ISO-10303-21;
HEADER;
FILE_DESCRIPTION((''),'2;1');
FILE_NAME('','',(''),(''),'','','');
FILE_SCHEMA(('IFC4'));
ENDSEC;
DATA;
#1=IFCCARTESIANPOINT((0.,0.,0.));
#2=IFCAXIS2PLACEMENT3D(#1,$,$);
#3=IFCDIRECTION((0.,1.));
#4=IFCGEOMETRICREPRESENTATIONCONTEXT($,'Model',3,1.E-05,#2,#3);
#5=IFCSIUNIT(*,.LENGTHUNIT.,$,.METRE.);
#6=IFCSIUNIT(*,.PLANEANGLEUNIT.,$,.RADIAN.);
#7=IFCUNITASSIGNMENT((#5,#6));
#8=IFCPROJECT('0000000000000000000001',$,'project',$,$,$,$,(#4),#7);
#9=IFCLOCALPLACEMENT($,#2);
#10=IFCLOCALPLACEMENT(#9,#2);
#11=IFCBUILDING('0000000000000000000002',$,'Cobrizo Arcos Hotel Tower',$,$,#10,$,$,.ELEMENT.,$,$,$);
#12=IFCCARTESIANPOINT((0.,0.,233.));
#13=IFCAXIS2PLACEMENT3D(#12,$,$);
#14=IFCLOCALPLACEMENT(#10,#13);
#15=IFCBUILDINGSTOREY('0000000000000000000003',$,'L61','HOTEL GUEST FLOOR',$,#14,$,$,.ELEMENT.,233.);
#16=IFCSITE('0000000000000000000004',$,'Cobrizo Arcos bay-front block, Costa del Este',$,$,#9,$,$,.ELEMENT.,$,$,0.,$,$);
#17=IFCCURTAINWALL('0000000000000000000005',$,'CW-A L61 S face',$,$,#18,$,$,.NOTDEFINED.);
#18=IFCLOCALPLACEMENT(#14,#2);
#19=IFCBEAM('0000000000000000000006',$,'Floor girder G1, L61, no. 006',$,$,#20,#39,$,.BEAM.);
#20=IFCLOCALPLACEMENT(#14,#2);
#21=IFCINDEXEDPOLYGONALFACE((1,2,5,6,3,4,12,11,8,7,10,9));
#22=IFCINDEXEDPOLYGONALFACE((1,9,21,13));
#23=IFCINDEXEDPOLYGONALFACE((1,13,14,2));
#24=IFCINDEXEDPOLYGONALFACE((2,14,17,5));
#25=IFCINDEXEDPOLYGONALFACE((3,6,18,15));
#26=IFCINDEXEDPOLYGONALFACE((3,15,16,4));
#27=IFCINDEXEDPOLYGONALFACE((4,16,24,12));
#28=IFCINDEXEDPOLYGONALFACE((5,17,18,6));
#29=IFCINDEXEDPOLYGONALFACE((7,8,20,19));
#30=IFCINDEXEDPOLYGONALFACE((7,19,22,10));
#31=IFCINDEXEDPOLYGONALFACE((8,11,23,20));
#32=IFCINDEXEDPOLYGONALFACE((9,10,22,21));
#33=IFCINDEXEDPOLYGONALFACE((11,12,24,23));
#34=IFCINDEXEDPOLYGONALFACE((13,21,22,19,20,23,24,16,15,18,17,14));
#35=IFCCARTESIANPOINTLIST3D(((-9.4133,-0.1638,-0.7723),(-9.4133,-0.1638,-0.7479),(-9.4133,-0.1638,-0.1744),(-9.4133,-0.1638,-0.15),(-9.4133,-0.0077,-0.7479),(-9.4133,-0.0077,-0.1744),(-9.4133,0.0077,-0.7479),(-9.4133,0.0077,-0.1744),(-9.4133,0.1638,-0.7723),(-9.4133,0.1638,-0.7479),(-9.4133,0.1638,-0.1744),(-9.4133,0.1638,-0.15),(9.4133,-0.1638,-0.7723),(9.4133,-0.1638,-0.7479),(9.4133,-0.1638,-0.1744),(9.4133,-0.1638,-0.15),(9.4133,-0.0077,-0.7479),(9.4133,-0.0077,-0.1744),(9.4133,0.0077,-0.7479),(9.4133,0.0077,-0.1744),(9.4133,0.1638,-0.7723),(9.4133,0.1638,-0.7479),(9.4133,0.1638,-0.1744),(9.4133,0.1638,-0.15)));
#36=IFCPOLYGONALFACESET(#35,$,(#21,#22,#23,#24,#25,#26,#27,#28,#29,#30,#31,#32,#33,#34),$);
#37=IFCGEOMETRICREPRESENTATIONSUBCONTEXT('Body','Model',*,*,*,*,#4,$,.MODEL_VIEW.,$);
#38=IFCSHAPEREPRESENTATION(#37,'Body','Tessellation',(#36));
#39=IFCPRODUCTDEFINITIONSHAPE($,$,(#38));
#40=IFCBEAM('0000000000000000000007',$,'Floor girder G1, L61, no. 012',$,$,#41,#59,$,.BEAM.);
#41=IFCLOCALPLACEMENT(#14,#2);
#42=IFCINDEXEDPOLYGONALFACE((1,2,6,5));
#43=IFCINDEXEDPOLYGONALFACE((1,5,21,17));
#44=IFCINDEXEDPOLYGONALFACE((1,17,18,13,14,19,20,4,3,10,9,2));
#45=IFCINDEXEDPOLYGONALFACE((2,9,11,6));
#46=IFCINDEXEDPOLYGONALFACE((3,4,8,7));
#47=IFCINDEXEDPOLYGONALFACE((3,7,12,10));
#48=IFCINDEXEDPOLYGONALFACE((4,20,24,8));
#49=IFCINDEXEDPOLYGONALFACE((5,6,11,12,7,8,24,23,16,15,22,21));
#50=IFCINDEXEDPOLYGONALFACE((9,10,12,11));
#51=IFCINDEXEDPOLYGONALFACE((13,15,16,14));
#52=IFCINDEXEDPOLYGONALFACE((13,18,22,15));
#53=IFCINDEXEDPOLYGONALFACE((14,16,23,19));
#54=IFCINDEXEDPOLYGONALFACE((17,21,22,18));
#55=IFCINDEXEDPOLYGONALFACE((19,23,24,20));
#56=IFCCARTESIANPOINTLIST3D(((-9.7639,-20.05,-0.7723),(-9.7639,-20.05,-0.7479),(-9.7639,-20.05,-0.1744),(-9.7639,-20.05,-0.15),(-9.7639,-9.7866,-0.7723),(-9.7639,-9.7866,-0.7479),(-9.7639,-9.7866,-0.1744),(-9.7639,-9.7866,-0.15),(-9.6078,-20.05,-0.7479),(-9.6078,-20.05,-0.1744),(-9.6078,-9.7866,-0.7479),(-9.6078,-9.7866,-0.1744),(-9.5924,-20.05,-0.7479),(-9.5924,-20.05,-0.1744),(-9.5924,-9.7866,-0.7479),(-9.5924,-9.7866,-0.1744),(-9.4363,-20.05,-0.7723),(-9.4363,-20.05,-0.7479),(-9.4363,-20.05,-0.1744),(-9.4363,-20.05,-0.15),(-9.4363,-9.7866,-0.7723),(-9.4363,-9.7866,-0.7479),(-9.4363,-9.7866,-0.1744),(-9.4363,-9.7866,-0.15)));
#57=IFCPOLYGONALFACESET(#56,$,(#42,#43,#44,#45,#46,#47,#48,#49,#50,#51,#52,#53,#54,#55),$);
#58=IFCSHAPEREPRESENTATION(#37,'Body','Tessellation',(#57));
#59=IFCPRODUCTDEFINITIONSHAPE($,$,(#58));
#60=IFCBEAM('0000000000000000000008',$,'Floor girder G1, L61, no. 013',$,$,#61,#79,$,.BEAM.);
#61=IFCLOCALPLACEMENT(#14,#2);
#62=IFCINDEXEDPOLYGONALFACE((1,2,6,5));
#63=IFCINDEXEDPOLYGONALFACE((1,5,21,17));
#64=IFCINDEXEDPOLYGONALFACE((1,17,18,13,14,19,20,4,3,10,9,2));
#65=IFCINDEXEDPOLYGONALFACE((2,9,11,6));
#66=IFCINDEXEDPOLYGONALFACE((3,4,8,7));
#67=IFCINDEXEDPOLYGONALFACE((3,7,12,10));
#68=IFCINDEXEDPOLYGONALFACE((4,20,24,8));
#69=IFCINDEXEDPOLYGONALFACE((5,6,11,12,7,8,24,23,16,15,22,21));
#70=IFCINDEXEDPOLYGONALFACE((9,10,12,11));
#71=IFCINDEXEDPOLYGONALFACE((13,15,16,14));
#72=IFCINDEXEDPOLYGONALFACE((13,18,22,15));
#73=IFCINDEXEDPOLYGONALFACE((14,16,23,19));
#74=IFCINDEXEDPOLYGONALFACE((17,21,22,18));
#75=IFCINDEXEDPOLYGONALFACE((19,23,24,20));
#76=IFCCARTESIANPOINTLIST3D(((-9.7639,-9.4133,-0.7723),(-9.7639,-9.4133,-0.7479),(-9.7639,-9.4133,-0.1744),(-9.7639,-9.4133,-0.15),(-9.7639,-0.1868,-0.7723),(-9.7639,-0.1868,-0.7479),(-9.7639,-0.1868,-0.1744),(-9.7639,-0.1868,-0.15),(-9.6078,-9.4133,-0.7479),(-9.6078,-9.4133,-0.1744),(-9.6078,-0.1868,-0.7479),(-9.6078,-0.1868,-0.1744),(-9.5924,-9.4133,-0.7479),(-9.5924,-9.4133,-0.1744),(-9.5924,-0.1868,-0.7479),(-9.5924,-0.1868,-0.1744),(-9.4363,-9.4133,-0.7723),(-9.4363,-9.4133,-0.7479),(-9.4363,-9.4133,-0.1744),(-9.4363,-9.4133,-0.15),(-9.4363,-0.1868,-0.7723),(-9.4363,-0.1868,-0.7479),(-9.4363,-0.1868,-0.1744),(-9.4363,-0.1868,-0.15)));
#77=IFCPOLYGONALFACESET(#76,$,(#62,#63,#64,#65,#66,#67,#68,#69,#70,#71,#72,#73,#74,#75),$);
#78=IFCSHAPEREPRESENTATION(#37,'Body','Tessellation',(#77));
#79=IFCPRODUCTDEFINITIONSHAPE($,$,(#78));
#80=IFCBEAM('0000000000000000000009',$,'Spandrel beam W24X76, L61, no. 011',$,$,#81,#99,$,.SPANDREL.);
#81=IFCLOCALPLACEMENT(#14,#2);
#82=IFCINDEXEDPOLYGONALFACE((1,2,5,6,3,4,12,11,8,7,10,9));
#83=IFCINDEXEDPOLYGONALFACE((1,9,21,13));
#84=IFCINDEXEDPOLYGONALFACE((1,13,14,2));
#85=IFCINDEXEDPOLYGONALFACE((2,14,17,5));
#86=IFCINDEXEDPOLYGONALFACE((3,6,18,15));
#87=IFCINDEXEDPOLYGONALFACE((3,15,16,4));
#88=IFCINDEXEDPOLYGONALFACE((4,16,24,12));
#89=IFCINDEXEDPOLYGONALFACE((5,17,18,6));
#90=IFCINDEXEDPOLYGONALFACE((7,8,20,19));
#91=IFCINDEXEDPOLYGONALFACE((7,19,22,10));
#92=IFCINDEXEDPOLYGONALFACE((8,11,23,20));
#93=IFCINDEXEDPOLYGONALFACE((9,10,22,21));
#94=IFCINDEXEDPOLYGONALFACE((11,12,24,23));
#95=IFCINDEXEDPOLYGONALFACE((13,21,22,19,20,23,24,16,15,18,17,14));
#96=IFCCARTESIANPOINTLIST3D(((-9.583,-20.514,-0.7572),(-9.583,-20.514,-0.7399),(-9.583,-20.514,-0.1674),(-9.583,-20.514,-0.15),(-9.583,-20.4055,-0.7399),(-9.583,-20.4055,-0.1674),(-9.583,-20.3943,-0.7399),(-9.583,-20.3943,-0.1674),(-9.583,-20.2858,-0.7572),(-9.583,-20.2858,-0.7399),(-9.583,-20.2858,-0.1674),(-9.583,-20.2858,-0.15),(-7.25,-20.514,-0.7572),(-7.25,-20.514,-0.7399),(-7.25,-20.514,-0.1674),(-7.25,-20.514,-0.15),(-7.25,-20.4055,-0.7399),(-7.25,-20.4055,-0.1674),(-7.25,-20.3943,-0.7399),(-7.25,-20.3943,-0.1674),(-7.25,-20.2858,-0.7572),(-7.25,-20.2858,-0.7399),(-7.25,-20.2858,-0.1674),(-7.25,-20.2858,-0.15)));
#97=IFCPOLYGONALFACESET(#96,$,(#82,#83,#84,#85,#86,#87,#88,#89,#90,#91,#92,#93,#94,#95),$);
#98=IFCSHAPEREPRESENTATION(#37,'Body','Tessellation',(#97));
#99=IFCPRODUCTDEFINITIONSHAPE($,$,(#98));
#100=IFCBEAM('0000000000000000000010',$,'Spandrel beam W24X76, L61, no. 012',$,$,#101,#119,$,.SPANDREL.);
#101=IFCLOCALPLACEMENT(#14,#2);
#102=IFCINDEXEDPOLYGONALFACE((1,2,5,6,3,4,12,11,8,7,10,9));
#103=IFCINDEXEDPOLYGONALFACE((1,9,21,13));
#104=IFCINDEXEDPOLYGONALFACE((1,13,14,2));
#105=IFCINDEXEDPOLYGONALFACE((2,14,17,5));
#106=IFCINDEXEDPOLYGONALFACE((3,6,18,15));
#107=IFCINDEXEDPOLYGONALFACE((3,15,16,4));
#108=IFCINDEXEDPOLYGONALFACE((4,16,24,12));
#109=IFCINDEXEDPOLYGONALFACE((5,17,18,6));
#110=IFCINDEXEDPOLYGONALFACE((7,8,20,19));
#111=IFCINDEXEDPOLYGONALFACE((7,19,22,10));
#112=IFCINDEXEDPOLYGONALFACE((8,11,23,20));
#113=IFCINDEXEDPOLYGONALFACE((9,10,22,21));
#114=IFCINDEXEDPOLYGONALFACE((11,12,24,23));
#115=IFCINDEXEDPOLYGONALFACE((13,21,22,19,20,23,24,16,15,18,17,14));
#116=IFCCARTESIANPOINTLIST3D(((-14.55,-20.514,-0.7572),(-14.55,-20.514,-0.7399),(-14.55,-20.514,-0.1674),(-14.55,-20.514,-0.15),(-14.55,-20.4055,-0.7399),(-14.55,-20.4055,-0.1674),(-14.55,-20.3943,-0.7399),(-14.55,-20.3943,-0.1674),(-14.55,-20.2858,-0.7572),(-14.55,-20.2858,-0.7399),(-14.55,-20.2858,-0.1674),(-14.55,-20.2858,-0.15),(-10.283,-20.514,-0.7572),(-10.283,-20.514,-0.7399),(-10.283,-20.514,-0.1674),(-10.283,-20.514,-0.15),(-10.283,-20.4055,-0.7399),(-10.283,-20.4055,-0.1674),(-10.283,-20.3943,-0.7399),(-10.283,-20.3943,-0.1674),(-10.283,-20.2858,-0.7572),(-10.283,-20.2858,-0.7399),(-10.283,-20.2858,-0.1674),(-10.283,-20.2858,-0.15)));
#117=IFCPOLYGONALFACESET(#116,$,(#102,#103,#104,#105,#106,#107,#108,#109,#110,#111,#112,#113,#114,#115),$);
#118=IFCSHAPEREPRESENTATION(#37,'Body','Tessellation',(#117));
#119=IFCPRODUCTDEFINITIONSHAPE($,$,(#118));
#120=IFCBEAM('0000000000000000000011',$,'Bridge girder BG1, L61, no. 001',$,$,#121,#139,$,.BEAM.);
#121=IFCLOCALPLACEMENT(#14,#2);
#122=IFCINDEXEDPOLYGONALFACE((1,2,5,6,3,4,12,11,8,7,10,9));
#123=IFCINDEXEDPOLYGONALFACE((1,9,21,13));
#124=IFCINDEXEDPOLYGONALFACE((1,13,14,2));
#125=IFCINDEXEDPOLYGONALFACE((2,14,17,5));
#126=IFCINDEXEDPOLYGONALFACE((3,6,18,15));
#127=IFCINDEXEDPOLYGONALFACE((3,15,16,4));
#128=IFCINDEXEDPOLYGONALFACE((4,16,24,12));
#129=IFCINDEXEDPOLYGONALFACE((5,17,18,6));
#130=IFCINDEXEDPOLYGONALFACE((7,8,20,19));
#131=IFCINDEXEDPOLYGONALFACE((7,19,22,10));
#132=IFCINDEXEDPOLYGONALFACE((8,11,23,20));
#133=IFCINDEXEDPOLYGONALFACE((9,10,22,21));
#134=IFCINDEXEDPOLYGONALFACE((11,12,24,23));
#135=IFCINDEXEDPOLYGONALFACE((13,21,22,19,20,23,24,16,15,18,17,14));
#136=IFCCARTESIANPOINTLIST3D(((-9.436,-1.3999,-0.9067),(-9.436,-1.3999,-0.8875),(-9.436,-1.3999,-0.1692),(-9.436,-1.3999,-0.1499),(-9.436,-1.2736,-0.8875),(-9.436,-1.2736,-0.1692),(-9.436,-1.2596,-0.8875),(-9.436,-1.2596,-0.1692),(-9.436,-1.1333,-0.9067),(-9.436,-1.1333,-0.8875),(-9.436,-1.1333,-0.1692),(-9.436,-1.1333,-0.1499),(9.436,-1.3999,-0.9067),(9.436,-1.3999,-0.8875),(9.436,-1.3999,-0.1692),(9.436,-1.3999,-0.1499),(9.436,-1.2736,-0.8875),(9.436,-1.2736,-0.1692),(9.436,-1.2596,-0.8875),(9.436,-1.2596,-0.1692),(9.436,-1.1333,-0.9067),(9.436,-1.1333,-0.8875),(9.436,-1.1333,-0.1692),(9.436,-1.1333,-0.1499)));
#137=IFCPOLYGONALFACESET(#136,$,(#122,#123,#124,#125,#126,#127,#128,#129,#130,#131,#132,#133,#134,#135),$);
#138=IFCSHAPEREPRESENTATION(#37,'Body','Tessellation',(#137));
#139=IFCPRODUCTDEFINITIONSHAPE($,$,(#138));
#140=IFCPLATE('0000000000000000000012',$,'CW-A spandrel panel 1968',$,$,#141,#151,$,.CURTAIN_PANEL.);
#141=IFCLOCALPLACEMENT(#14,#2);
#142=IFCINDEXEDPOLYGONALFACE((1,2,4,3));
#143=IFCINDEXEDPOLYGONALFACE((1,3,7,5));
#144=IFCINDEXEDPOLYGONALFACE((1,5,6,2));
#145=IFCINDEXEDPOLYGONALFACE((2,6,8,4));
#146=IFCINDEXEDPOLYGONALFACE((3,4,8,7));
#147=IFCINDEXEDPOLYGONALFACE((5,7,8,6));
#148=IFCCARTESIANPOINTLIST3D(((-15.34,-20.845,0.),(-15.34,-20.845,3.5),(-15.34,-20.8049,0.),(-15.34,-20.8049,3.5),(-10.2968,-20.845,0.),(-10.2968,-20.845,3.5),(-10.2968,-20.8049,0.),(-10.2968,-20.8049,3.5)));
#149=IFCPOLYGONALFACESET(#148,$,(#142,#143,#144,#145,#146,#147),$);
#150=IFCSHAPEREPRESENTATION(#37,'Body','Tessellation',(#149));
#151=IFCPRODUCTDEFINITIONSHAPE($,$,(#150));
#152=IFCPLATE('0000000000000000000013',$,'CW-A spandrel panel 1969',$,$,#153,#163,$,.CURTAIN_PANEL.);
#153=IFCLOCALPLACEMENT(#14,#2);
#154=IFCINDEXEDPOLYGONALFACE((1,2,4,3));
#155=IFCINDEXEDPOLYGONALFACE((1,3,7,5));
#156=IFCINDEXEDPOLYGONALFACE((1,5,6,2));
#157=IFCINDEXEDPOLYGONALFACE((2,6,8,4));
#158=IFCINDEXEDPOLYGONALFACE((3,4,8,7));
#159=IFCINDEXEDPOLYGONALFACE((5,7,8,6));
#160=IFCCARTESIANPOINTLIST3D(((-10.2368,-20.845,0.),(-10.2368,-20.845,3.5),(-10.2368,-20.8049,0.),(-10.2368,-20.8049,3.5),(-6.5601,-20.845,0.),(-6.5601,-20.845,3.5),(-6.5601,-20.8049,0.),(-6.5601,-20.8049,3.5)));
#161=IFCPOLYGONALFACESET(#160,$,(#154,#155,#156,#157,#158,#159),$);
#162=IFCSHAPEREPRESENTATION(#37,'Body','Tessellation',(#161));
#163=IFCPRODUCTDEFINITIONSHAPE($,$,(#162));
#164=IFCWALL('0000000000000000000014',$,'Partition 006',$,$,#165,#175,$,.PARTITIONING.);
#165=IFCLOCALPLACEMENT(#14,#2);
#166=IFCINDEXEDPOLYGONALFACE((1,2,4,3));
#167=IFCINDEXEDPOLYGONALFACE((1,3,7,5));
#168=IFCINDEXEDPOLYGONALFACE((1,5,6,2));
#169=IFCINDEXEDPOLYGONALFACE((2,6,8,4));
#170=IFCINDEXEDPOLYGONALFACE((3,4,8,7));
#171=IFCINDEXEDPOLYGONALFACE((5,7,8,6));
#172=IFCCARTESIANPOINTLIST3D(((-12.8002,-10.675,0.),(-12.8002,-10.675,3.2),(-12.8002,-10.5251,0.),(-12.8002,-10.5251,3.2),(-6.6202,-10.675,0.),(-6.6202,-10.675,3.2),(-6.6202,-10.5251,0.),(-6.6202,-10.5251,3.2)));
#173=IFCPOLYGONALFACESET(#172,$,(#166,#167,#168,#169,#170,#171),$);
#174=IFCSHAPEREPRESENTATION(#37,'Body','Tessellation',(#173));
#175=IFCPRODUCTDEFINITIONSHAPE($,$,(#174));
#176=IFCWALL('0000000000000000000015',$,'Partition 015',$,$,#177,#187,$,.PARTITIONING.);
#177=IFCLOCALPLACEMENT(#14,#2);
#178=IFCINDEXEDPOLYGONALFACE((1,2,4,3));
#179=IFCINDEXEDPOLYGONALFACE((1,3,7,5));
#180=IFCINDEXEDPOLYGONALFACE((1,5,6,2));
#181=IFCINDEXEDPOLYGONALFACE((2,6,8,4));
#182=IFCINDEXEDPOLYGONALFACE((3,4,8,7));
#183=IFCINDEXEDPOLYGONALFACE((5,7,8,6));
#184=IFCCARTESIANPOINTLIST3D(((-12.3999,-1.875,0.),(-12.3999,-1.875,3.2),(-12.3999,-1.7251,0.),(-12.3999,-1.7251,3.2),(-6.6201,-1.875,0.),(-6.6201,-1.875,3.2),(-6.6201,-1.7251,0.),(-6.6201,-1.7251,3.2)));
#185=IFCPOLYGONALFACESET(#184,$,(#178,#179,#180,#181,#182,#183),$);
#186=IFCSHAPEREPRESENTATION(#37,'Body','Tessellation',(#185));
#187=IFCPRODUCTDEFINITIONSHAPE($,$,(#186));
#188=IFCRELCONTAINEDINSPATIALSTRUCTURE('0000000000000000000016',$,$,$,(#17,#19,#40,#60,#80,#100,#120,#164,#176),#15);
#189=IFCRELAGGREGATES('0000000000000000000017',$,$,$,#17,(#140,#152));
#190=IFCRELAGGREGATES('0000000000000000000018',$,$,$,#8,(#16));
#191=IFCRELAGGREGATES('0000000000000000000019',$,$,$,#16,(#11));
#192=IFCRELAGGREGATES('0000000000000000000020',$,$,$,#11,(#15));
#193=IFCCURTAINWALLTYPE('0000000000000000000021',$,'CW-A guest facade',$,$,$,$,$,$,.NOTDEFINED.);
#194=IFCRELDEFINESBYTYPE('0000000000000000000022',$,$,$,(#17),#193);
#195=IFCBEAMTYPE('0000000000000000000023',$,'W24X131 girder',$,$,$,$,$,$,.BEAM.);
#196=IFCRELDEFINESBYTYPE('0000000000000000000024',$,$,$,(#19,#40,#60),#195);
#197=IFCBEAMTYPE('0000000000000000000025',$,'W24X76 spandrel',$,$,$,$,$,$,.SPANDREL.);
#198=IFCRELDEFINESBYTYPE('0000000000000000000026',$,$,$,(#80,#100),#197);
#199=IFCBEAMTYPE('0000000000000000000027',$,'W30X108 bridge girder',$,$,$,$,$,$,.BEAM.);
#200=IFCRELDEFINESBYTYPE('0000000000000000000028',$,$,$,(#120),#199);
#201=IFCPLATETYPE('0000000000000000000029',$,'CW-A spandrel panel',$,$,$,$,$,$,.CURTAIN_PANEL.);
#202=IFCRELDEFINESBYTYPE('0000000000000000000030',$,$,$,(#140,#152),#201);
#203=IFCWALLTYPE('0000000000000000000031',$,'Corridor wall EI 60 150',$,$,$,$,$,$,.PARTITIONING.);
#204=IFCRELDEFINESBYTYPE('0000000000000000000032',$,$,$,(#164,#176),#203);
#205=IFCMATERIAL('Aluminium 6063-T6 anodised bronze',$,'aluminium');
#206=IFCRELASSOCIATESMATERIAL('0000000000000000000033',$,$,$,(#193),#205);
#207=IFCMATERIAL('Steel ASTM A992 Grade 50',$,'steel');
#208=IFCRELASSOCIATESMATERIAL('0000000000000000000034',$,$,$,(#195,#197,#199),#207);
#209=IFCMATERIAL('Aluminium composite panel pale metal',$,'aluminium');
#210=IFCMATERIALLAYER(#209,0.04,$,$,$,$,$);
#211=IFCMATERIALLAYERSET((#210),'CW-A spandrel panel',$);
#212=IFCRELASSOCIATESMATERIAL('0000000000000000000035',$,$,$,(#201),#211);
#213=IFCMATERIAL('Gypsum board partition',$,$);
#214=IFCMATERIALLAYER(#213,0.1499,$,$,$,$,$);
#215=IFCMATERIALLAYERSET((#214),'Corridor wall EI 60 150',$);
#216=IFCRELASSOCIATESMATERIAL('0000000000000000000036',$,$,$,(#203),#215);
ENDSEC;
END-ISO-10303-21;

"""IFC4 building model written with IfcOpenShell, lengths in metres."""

from ifc_helpers import new_model, si_unit, direction, frame, frame_2d, origin, origin_2d, place, context, subcontext, project, spatial, rectangle, i_section, extrude, material, layer, layer_set, material_profile, profile_set, type_object, element, aggregate, save


model = new_model("IFC4")

# Units and contexts
model_context = context("Model", 3, precision=1e-05, world=origin(), true_north=direction((0.0, 1.0)))
body_context = subcontext(model_context, "Body", "Model", "MODEL_VIEW")
ifc_project = project(units=[si_unit("LENGTHUNIT", "METRE"), si_unit("PLANEANGLEUNIT", "RADIAN")], contexts=[model_context])

# Site, building, storey
site_placement = place(None, origin())
site = spatial("IfcSite", under=ifc_project, at=site_placement, Name="Cobrizo Arcos bay-front block, Costa del Este", CompositionType="ELEMENT", RefElevation=0.0)
building_placement = place(site_placement, origin())
building = spatial("IfcBuilding", under=site, at=building_placement, Name="Cobrizo Arcos Hotel Tower", CompositionType="ELEMENT")
storey_placement = place(building_placement, frame((0.0, 0.0, 233.0)))
storey = spatial("IfcBuildingStorey", under=building, at=storey_placement, Name="L61", Description="HOTEL GUEST FLOOR", CompositionType="ELEMENT", Elevation=233.0)

# Shared definitions
ifc_material_1 = material(Name="Steel ASTM A992 Grade 50", Category="steel")

# Curtain wall
ifc_material_2 = material(Name="Aluminium 6063-T6 anodised bronze", Category="aluminium")
curtain_wall_type_1 = type_object("IfcCurtainWallType", Name="CW-A guest facade", PredefinedType="NOTDEFINED", material=ifc_material_2)
curtain_wall_1_placement = place(storey_placement, origin())
curtain_wall_1 = element("IfcCurtainWall", 1, at=curtain_wall_1_placement, inside=storey, type_object=curtain_wall_type_1, Name="CW-A L61 S face", PredefinedType="NOTDEFINED")

# Beams
ifc_material_profile_1 = material_profile(ifc_material_1, i_section(OverallWidth=0.3276, OverallDepth=0.6223, WebThickness=0.0154, FlangeThickness=0.0244, at=origin_2d()), Name="W24X131")
ifc_profile_set_1 = profile_set([ifc_material_profile_1], Name="Steel ASTM A992 Grade 50")
beam_type_1 = type_object("IfcBeamType", Name="W24X131 girder", PredefinedType="BEAM", material=ifc_profile_set_1)
beam_1_placement = place(storey_placement, frame((-9.4133, 0.0, -0.4612), z_axis=(1.0, 0.0, 0.0), x_axis=(0.0, 1.0, 0.0)))
element("IfcBeam", 2, at=beam_1_placement, inside=storey, type_object=beam_type_1, Name="Floor girder G1, L61, no. 006", PredefinedType="BEAM", context=body_context, shape_type="SweptSolid", body=[
    extrude(i_section(OverallWidth=0.3276, OverallDepth=0.6223, WebThickness=0.0154, FlangeThickness=0.0244, at=origin_2d()), origin(), (0.0, 0.0, 1.0), 18.8267),
])
beam_2_placement = place(storey_placement, frame((-9.6001, -20.05, -0.4612), z_axis=(0.0, 1.0, 0.0), x_axis=(-1.0, 0.0, 0.0)))
element("IfcBeam", 3, at=beam_2_placement, inside=storey, type_object=beam_type_1, Name="Floor girder G1, L61, no. 012", PredefinedType="BEAM", context=body_context, shape_type="SweptSolid", body=[
    extrude(i_section(OverallWidth=0.3276, OverallDepth=0.6223, WebThickness=0.0154, FlangeThickness=0.0244, at=origin_2d()), origin(), (0.0, 0.0, 1.0), 10.2634),
])
beam_3_placement = place(storey_placement, frame((-9.6001, -9.4133, -0.4612), z_axis=(0.0, 1.0, 0.0), x_axis=(-1.0, 0.0, 0.0)))
element("IfcBeam", 4, at=beam_3_placement, inside=storey, type_object=beam_type_1, Name="Floor girder G1, L61, no. 013", PredefinedType="BEAM", context=body_context, shape_type="SweptSolid", body=[
    extrude(i_section(OverallWidth=0.3276, OverallDepth=0.6223, WebThickness=0.0154, FlangeThickness=0.0244, at=origin_2d()), origin(), (0.0, 0.0, 1.0), 9.2266),
])
ifc_material_profile_2 = material_profile(ifc_material_1, i_section(OverallWidth=0.2283, OverallDepth=0.6072, WebThickness=0.0112, FlangeThickness=0.0173, at=origin_2d()), Name="W24X76")
ifc_profile_set_2 = profile_set([ifc_material_profile_2], Name="Steel ASTM A992 Grade 50")
beam_type_2 = type_object("IfcBeamType", Name="W24X76 spandrel", PredefinedType="SPANDREL", material=ifc_profile_set_2)
beam_4_placement = place(storey_placement, frame((-7.25, -20.3999, -0.4536), z_axis=(-1.0, 0.0, 0.0), x_axis=(0.0, -1.0, 0.0)))
element("IfcBeam", 5, at=beam_4_placement, inside=storey, type_object=beam_type_2, Name="Spandrel beam W24X76, L61, no. 011", PredefinedType="SPANDREL", context=body_context, shape_type="SweptSolid", body=[
    extrude(i_section(OverallWidth=0.2283, OverallDepth=0.6072, WebThickness=0.0112, FlangeThickness=0.0173, at=origin_2d()), origin(), (0.0, 0.0, 1.0), 2.333),
])
beam_5_placement = place(storey_placement, frame((-10.283, -20.3999, -0.4536), z_axis=(-1.0, 0.0, 0.0), x_axis=(0.0, -1.0, 0.0)))
element("IfcBeam", 6, at=beam_5_placement, inside=storey, type_object=beam_type_2, Name="Spandrel beam W24X76, L61, no. 012", PredefinedType="SPANDREL", context=body_context, shape_type="SweptSolid", body=[
    extrude(i_section(OverallWidth=0.2283, OverallDepth=0.6072, WebThickness=0.0112, FlangeThickness=0.0173, at=origin_2d()), origin(), (0.0, 0.0, 1.0), 4.2671),
])
ifc_material_profile_3 = material_profile(ifc_material_1, i_section(OverallWidth=0.2666, OverallDepth=0.7568, WebThickness=0.0139, FlangeThickness=0.0193, at=origin_2d()), Name="W30X108")
ifc_profile_set_3 = profile_set([ifc_material_profile_3], Name="Steel ASTM A992 Grade 50")
beam_type_3 = type_object("IfcBeamType", Name="W30X108 bridge girder", PredefinedType="BEAM", material=ifc_profile_set_3)
beam_6_placement = place(storey_placement, frame((-9.436, -1.2666, -0.5283), z_axis=(1.0, 0.0, 0.0), x_axis=(0.0, 1.0, 0.0)))
element("IfcBeam", 7, at=beam_6_placement, inside=storey, type_object=beam_type_3, Name="Bridge girder BG1, L61, no. 001", PredefinedType="BEAM", context=body_context, shape_type="SweptSolid", body=[
    extrude(i_section(OverallWidth=0.2666, OverallDepth=0.7568, WebThickness=0.0139, FlangeThickness=0.0193, at=origin_2d()), origin(), (0.0, 0.0, 1.0), 18.8721),
])

# Plates
ifc_material_3 = material(Name="Aluminium composite panel pale metal", Category="aluminium")
ifc_layer_1 = layer(ifc_material_3, 0.04)
ifc_layer_set_1 = layer_set([ifc_layer_1], Name="CW-A spandrel panel")
plate_type = type_object("IfcPlateType", Name="CW-A spandrel panel", PredefinedType="CURTAIN_PANEL", material=ifc_layer_set_1)
plate_1_placement = place(storey_placement, frame((-12.8184, -20.825, 0.0), z_axis=(0.0, 0.0, 1.0), x_axis=(1.0, 0.0, 0.0)))
plate_1 = element("IfcPlate", 8, at=plate_1_placement, type_object=plate_type, Name="CW-A spandrel panel 1968", PredefinedType="CURTAIN_PANEL", context=body_context, shape_type="SweptSolid", body=[
    extrude(rectangle(XDim=5.0432, YDim=0.04, at=origin_2d()), origin(), (0.0, 0.0, 1.0), 3.5),
])
plate_2_placement = place(storey_placement, frame((-8.3984, -20.825, 0.0), z_axis=(0.0, 0.0, 1.0), x_axis=(1.0, 0.0, 0.0)))
plate_2 = element("IfcPlate", 9, at=plate_2_placement, type_object=plate_type, Name="CW-A spandrel panel 1969", PredefinedType="CURTAIN_PANEL", context=body_context, shape_type="SweptSolid", body=[
    extrude(rectangle(XDim=3.6768, YDim=0.04, at=origin_2d()), origin(), (0.0, 0.0, 1.0), 3.5),
])
aggregate(curtain_wall_1, [plate_1, plate_2])

# Walls
ifc_material_4 = material(Name="Gypsum board partition")
ifc_layer_2 = layer(ifc_material_4, 0.1499)
ifc_layer_set_2 = layer_set([ifc_layer_2], Name="Corridor wall EI 60 150")
wall_type_1 = type_object("IfcWallType", Name="Corridor wall EI 60 150", PredefinedType="PARTITIONING", material=ifc_layer_set_2)
wall_1_placement = place(storey_placement, frame((-12.8, -10.6001, 0.0), z_axis=(0.0, 0.0, 1.0), x_axis=(1.0, 0.0, 0.0)))
element("IfcWall", 10, at=wall_1_placement, inside=storey, type_object=wall_type_1, Name="Partition 006", PredefinedType="PARTITIONING", context=body_context, shape_type="SweptSolid", body=[
    extrude(rectangle(XDim=6.1799, YDim=0.1499, at=frame_2d((3.0898, 0.0))), origin(), (0.0, 0.0, 1.0), 3.2),
])
wall_2_placement = place(storey_placement, frame((-12.3999, -1.8, 0.0), z_axis=(0.0, 0.0, 1.0), x_axis=(1.0, 0.0, 0.0)))
element("IfcWall", 11, at=wall_2_placement, inside=storey, type_object=wall_type_1, Name="Partition 015", PredefinedType="PARTITIONING", context=body_context, shape_type="SweptSolid", body=[
    extrude(rectangle(XDim=5.7798, YDim=0.1499, at=frame_2d((2.8899, 0.0))), origin(), (0.0, 0.0, 1.0), 3.2),
])

save(model, "model.ifc")
